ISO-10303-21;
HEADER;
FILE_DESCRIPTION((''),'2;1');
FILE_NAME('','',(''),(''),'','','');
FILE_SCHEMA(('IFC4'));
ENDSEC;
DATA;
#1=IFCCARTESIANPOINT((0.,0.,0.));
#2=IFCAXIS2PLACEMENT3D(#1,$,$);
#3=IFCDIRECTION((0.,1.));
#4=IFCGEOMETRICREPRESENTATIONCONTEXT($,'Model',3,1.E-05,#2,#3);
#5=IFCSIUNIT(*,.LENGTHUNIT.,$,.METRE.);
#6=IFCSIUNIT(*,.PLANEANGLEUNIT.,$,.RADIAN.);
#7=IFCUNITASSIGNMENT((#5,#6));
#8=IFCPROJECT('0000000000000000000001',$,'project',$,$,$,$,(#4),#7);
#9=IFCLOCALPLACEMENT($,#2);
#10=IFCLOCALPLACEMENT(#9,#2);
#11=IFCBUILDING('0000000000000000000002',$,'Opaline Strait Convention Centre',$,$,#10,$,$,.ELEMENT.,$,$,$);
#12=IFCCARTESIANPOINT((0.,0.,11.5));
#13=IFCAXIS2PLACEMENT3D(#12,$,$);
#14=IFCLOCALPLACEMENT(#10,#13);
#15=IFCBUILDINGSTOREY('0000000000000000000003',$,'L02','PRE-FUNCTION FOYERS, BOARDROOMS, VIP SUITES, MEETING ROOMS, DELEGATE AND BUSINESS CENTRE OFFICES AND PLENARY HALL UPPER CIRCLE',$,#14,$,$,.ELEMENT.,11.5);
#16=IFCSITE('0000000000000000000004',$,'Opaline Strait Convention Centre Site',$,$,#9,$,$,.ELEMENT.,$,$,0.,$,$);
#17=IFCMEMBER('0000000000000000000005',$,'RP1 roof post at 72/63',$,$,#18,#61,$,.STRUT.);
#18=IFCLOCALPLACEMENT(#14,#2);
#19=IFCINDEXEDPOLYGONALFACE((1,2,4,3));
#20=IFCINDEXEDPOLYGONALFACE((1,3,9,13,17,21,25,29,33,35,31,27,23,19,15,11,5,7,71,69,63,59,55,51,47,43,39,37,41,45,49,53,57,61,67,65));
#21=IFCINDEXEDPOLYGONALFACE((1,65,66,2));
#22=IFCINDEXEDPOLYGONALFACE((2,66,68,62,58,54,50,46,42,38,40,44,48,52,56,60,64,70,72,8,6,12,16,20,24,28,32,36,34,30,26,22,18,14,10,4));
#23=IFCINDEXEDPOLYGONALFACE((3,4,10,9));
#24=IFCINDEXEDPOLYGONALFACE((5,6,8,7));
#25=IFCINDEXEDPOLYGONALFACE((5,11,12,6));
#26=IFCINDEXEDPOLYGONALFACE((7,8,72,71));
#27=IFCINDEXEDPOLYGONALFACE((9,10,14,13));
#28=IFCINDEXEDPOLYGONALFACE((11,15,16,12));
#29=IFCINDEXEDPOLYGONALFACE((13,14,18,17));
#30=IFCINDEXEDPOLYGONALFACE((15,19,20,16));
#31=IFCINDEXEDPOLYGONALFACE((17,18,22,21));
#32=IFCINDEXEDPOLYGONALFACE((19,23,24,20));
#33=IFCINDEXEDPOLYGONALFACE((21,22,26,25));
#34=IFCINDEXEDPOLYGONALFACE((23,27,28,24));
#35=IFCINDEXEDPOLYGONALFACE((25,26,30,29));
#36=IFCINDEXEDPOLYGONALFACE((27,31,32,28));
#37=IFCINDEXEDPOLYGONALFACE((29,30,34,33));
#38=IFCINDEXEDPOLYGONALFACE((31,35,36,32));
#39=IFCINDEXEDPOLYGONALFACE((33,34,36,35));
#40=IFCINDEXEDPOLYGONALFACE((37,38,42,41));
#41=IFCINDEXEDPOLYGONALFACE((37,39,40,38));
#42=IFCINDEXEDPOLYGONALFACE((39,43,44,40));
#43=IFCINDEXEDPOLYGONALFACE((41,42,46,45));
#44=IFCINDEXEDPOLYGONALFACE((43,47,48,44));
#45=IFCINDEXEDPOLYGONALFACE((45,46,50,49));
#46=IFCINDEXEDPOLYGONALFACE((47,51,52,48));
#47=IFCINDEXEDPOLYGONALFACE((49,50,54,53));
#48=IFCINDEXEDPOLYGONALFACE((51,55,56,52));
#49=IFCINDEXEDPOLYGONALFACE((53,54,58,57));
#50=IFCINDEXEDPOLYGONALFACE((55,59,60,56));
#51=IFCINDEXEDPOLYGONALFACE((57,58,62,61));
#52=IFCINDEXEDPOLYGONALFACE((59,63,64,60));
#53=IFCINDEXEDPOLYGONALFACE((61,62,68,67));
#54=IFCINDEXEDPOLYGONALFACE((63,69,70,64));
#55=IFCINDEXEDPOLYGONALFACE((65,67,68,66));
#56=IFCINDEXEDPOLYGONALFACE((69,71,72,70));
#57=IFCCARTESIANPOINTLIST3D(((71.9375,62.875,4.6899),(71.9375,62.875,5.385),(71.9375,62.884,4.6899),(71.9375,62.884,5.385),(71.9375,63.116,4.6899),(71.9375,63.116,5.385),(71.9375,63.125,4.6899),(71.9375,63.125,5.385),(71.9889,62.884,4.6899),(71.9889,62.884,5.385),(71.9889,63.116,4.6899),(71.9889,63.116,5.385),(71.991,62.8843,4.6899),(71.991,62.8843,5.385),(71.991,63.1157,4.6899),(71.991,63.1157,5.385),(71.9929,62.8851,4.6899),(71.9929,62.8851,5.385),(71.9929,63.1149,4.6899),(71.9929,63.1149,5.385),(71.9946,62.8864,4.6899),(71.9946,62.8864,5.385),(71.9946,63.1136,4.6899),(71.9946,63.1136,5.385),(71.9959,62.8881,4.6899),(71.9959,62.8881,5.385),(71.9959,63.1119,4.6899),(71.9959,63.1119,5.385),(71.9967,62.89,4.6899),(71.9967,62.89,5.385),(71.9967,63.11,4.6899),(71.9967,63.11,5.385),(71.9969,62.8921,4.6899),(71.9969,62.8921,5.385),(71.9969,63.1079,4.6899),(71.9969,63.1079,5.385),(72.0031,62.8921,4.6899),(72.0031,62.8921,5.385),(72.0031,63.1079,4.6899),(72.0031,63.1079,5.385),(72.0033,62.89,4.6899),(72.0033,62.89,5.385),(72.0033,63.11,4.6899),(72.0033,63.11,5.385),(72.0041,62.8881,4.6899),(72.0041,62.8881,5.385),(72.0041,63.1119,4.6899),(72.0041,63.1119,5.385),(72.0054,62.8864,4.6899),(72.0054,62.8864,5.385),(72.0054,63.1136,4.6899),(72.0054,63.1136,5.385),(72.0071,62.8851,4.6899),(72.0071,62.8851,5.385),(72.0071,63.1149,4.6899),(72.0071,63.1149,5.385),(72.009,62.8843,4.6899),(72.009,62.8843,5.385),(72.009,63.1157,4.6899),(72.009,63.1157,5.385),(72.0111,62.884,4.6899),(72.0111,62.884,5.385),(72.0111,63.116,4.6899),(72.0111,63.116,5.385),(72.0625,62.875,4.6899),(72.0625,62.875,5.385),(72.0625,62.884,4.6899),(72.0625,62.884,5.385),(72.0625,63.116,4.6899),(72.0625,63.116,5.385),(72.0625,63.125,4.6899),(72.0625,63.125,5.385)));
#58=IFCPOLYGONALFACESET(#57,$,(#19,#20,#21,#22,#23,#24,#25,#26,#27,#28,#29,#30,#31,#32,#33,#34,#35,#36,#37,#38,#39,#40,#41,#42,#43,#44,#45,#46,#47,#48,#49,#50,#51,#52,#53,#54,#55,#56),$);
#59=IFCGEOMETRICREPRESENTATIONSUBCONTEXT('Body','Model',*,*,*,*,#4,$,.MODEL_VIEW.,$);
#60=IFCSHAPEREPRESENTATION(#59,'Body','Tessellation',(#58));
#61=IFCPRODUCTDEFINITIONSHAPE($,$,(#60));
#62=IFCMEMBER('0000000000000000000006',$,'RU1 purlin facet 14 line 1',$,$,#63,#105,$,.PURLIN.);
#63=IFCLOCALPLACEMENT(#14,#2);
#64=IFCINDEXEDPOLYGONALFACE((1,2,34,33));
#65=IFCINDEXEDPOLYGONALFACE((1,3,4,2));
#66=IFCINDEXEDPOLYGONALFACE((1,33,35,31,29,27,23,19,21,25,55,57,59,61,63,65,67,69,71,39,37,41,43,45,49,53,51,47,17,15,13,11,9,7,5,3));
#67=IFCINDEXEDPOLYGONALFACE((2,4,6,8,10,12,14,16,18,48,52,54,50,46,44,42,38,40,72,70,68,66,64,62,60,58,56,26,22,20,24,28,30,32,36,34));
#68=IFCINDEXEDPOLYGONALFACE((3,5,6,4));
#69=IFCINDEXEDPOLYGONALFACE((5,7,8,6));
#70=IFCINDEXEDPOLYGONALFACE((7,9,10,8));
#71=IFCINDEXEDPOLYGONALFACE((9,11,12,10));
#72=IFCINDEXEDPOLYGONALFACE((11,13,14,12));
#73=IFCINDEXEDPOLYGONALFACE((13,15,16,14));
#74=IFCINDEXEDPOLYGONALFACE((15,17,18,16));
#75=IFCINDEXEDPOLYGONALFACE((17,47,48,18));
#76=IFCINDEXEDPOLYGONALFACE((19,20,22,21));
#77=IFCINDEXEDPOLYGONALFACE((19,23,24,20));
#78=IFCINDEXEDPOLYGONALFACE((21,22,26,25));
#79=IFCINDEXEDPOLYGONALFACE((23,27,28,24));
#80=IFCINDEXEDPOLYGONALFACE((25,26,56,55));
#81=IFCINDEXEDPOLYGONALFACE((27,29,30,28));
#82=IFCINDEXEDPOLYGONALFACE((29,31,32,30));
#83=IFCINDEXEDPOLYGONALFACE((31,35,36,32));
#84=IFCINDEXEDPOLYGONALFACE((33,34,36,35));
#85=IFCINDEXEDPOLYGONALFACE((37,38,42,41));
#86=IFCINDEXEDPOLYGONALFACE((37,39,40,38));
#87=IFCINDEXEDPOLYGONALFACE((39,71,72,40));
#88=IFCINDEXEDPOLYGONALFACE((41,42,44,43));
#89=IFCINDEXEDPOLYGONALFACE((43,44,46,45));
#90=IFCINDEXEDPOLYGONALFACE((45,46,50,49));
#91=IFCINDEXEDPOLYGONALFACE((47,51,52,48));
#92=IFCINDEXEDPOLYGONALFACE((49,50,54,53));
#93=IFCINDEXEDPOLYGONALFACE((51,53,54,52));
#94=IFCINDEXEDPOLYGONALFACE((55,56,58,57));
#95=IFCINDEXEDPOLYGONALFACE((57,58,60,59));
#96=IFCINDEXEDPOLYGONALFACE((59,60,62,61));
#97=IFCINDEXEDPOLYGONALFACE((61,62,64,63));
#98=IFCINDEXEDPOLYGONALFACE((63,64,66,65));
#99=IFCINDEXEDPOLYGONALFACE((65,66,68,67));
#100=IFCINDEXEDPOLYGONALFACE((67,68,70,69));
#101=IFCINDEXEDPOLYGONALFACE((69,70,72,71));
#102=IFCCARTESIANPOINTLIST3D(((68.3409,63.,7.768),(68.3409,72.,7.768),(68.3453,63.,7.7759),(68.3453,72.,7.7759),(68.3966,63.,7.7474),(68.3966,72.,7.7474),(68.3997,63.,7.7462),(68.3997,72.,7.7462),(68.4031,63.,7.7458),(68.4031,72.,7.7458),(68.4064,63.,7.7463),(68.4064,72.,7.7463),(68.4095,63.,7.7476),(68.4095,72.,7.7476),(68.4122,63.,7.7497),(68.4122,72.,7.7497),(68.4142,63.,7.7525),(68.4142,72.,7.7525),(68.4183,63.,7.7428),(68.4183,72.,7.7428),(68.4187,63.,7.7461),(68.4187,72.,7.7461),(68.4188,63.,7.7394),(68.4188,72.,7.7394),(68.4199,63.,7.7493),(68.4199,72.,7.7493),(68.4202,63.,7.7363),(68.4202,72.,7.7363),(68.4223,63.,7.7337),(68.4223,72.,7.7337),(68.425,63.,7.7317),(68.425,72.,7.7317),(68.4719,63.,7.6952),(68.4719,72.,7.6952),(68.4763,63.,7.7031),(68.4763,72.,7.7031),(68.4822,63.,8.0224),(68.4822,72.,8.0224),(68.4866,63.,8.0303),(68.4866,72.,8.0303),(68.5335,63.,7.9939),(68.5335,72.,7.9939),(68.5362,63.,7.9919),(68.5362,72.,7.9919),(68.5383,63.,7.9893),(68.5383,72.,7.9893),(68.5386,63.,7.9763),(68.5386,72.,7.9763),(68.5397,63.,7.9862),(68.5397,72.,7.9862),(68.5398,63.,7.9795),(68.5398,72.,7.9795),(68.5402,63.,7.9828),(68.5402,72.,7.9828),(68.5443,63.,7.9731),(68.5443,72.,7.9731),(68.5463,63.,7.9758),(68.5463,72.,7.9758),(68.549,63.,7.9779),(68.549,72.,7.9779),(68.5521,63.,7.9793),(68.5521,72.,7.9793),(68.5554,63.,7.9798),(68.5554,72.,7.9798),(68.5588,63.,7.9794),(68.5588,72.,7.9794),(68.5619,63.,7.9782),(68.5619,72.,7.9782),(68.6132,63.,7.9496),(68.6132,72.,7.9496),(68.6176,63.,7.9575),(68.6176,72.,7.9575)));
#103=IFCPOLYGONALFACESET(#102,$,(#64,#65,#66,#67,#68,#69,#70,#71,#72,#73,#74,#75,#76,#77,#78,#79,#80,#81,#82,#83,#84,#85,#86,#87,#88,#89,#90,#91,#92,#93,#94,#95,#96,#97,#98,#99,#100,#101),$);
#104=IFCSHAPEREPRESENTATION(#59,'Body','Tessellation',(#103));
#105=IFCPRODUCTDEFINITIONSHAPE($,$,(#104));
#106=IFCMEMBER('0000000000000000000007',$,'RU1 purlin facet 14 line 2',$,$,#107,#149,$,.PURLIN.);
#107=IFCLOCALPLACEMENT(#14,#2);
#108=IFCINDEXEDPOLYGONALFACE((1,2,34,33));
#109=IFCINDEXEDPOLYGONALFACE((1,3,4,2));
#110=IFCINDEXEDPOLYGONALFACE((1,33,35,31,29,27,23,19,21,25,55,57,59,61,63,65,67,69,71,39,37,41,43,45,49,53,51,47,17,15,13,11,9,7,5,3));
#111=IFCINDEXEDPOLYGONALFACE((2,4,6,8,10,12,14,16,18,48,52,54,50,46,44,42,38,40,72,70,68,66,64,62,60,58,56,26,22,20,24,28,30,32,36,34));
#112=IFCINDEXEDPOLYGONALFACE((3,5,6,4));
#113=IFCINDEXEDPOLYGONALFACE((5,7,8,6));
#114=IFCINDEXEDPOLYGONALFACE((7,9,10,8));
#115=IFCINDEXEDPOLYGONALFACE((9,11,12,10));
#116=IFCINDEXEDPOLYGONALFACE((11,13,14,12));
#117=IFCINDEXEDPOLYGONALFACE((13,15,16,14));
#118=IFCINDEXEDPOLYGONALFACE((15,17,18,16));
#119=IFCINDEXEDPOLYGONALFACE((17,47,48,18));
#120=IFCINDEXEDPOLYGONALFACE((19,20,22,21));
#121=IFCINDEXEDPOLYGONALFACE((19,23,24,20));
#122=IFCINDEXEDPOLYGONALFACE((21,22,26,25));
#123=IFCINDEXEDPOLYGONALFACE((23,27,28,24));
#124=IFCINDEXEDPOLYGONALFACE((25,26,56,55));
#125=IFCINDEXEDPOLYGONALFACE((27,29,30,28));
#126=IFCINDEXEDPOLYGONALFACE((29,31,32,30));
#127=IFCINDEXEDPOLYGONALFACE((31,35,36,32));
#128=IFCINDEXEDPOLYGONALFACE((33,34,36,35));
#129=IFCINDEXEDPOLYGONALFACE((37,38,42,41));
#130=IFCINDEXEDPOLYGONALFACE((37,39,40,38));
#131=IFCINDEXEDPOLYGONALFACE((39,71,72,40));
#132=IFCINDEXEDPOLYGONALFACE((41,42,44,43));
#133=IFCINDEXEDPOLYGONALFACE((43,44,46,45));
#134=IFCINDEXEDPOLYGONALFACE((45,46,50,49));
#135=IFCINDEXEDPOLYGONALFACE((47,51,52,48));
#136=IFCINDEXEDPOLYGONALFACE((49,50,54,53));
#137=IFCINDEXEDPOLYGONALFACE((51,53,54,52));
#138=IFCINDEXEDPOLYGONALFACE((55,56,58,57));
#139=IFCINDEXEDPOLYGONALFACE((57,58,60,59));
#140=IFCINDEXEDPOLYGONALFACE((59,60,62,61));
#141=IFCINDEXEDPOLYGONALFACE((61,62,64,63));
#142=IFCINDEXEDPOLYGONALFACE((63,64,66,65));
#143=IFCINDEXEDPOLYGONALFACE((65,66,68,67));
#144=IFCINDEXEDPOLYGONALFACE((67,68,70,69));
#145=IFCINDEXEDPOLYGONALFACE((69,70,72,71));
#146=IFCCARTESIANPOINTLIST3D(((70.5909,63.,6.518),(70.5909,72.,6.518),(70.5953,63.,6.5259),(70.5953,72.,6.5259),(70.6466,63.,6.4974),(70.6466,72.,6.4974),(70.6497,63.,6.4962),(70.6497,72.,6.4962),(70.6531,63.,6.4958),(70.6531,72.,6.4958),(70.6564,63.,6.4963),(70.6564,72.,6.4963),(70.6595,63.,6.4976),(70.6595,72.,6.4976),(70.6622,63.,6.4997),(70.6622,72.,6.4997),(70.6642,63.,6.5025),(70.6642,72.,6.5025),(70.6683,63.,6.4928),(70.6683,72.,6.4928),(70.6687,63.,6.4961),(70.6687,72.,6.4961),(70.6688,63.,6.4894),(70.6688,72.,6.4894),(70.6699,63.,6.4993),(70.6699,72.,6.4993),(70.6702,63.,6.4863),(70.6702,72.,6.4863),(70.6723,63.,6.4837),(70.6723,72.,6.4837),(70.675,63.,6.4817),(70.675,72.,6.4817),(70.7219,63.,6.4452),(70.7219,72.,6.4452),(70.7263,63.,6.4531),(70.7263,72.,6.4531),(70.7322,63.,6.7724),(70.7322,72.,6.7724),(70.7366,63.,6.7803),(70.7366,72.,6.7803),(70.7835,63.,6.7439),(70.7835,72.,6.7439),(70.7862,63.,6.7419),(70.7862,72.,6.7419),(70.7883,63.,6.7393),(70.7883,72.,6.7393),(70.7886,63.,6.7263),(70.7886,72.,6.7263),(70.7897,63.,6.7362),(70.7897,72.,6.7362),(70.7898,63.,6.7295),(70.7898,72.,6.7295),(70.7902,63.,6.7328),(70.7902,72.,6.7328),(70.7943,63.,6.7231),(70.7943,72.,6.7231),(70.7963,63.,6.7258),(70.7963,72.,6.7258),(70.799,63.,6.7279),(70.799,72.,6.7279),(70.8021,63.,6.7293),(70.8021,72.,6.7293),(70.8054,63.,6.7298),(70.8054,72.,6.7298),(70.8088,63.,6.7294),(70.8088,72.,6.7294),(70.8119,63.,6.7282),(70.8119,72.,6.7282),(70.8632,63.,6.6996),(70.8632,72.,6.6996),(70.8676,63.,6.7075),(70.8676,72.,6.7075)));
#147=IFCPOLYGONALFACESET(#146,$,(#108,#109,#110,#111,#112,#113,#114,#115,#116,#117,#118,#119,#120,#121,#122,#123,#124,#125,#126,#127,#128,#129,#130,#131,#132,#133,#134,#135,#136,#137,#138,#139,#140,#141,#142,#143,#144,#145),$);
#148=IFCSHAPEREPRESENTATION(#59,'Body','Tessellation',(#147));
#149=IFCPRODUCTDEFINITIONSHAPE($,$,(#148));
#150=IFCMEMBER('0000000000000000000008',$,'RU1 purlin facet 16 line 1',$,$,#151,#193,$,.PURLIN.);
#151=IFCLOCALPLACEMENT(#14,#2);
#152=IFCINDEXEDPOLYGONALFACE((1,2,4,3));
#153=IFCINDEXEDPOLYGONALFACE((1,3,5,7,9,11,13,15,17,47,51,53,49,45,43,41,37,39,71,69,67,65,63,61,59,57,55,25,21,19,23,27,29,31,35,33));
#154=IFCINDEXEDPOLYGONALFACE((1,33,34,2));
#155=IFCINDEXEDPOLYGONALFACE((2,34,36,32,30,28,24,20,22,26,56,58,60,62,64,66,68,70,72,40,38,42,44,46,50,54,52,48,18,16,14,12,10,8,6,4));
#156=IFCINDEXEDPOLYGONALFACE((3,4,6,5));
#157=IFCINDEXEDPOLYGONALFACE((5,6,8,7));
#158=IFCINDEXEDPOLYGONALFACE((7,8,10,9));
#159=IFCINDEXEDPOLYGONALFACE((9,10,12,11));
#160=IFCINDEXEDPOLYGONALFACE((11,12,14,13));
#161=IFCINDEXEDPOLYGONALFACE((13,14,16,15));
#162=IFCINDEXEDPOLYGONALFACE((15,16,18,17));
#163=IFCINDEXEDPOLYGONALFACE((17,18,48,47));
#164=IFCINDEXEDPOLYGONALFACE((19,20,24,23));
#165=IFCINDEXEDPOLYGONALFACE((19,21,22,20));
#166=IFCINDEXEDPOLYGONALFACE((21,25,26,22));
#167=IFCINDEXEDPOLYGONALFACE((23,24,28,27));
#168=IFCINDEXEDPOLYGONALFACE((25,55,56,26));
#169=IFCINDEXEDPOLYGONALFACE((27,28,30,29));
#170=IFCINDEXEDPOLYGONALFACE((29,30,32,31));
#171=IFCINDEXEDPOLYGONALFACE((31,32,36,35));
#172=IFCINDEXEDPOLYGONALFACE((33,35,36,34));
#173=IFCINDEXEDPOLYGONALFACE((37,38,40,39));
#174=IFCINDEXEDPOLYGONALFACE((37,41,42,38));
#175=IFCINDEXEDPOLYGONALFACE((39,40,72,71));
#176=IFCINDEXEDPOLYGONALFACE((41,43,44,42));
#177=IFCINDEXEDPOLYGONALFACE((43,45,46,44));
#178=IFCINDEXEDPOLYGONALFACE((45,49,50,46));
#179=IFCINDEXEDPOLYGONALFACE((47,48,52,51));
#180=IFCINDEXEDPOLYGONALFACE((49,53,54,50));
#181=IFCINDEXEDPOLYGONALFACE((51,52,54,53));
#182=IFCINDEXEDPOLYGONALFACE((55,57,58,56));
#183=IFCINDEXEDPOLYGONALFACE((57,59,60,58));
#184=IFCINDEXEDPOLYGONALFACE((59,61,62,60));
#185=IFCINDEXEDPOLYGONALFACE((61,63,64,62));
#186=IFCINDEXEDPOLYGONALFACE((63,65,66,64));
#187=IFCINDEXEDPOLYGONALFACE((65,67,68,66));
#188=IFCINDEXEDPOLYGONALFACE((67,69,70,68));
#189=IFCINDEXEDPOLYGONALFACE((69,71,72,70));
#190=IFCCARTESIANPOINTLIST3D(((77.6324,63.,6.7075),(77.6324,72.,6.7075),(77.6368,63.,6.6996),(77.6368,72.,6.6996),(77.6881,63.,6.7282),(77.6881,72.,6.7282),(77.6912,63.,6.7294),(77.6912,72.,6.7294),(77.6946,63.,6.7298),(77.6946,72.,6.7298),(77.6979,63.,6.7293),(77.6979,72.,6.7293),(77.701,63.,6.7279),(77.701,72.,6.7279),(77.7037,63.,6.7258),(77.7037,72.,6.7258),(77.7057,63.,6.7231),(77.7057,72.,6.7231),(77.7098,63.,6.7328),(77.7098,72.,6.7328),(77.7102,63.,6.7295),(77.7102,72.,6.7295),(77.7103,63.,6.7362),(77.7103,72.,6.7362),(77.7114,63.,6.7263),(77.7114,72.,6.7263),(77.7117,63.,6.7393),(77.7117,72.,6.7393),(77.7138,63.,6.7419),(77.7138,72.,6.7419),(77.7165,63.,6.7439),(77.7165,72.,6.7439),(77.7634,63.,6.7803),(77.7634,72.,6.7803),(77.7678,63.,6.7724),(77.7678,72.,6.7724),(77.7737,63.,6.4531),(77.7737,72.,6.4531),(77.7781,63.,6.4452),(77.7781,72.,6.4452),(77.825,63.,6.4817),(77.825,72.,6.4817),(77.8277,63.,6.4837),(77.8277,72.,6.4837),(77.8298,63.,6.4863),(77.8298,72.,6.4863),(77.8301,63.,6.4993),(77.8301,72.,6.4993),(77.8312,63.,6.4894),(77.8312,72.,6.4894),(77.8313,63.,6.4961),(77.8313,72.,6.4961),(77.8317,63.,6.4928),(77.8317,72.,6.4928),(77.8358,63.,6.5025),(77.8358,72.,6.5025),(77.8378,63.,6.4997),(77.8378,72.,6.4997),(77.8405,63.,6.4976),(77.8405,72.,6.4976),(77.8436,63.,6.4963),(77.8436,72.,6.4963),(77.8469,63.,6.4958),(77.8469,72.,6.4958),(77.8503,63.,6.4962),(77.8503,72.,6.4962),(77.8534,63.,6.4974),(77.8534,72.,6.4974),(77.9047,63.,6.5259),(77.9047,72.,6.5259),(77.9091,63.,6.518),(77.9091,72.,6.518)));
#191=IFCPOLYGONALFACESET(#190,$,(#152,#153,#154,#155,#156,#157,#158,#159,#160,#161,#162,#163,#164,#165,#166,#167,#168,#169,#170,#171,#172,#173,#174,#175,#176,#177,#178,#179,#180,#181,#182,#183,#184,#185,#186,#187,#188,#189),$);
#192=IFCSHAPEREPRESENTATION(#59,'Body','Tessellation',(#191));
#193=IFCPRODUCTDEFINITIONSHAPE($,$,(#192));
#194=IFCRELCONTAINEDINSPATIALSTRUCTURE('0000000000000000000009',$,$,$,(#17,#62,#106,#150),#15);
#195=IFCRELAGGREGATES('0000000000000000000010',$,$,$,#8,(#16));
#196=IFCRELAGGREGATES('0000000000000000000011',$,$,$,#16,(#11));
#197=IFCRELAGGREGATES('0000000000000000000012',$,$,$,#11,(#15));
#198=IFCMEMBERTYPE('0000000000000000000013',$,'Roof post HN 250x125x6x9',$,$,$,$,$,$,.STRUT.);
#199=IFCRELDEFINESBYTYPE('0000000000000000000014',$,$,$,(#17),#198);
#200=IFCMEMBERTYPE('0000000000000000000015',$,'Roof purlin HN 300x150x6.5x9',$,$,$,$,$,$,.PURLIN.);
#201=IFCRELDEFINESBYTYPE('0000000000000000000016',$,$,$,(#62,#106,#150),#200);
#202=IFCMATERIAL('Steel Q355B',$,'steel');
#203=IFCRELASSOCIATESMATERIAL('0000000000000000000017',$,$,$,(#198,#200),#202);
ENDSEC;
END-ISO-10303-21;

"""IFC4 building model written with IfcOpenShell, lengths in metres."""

from ifc_helpers import new_model, si_unit, direction, frame, origin, origin_2d, place, context, subcontext, project, spatial, i_section, extrude, material, material_profile, profile_set, type_object, element, save


model = new_model("IFC4")

# Units and contexts
model_context = context("Model", 3, precision=1e-05, world=origin(), true_north=direction((0.0, 1.0)))
body_context = subcontext(model_context, "Body", "Model", "MODEL_VIEW")
ifc_project = project(units=[si_unit("LENGTHUNIT", "METRE"), si_unit("PLANEANGLEUNIT", "RADIAN")], contexts=[model_context])

# Site, building, storey
site_placement = place(None, origin())
site = spatial("IfcSite", under=ifc_project, at=site_placement, Name="Opaline Strait Convention Centre Site", CompositionType="ELEMENT", RefElevation=0.0)
building_placement = place(site_placement, origin())
building = spatial("IfcBuilding", under=site, at=building_placement, Name="Opaline Strait Convention Centre", CompositionType="ELEMENT")
storey_placement = place(building_placement, frame((0.0, 0.0, 11.5)))
storey = spatial("IfcBuildingStorey", under=building, at=storey_placement, Name="L02", Description="PRE-FUNCTION FOYERS, BOARDROOMS, VIP SUITES, MEETING ROOMS, DELEGATE AND BUSINESS CENTRE OFFICES AND PLENARY HALL UPPER CIRCLE", CompositionType="ELEMENT", Elevation=11.5)

# Shared definitions
ifc_material_1 = material(Name="Steel Q355B", Category="steel")

# Members
ifc_material_profile_1 = material_profile(ifc_material_1, i_section(OverallWidth=0.125, OverallDepth=0.25, WebThickness=0.0061, FlangeThickness=0.009, FilletRadius=0.0081, at=origin_2d()), Name="HN 250x125x6x9")
ifc_profile_set_1 = profile_set([ifc_material_profile_1], Name="Steel Q355B")
member_type_1 = type_object("IfcMemberType", Name="Roof post HN 250x125x6x9", PredefinedType="STRUT", material=ifc_profile_set_1)
member_1_placement = place(storey_placement, frame((72.0, 63.0, 4.6899), z_axis=(0.0, 0.0, 1.0), x_axis=(1.0, 0.0, 0.0)))
element("IfcMember", 1, at=member_1_placement, inside=storey, type_object=member_type_1, Name="RP1 roof post at 72/63", PredefinedType="STRUT", context=body_context, shape_type="SweptSolid", body=[
    extrude(i_section(OverallWidth=0.125, OverallDepth=0.25, WebThickness=0.0061, FlangeThickness=0.009, FilletRadius=0.0081, at=origin_2d()), origin(), (0.0, 0.0, 1.0), 0.6951),
])
ifc_material_profile_2 = material_profile(ifc_material_1, i_section(OverallWidth=0.1499, OverallDepth=0.3, WebThickness=0.0066, FlangeThickness=0.009, FilletRadius=0.0129, at=origin_2d()), Name="HN 300x150x6.5x9")
ifc_profile_set_2 = profile_set([ifc_material_profile_2], Name="Steel Q355B")
member_type_2 = type_object("IfcMemberType", Name="Roof purlin HN 300x150x6.5x9", PredefinedType="PURLIN", material=ifc_profile_set_2)
for number, where, z_axis, x_axis, name in (
    (2, (68.4792, 63.0, 7.8628), (0.0, 1.0, 0.0), (-0.874157, 0.0, 0.485643), "RU1 purlin facet 14 line 1"),
    (3, (70.7292, 63.0, 6.6128), (0.0, 1.0, 0.0), (-0.874157, 0.0, 0.485643), "RU1 purlin facet 14 line 2"),
    (4, (77.7708, 63.0, 6.6128), (0.0, 1.0, 0.0), (-0.874157, 0.0, -0.485643), "RU1 purlin facet 16 line 1"),
):
    element("IfcMember", number, at=place(storey_placement, frame(where, z_axis=z_axis, x_axis=x_axis)), inside=storey, type_object=member_type_2, Name=name, PredefinedType="PURLIN", context=body_context, shape_type="SweptSolid", body=[
        extrude(i_section(OverallWidth=0.1499, OverallDepth=0.3, WebThickness=0.0066, FlangeThickness=0.009, FilletRadius=0.0129, at=origin_2d()), origin(), (0.0, 0.0, 1.0), 9.0),
    ])

save(model, "model.ifc")
